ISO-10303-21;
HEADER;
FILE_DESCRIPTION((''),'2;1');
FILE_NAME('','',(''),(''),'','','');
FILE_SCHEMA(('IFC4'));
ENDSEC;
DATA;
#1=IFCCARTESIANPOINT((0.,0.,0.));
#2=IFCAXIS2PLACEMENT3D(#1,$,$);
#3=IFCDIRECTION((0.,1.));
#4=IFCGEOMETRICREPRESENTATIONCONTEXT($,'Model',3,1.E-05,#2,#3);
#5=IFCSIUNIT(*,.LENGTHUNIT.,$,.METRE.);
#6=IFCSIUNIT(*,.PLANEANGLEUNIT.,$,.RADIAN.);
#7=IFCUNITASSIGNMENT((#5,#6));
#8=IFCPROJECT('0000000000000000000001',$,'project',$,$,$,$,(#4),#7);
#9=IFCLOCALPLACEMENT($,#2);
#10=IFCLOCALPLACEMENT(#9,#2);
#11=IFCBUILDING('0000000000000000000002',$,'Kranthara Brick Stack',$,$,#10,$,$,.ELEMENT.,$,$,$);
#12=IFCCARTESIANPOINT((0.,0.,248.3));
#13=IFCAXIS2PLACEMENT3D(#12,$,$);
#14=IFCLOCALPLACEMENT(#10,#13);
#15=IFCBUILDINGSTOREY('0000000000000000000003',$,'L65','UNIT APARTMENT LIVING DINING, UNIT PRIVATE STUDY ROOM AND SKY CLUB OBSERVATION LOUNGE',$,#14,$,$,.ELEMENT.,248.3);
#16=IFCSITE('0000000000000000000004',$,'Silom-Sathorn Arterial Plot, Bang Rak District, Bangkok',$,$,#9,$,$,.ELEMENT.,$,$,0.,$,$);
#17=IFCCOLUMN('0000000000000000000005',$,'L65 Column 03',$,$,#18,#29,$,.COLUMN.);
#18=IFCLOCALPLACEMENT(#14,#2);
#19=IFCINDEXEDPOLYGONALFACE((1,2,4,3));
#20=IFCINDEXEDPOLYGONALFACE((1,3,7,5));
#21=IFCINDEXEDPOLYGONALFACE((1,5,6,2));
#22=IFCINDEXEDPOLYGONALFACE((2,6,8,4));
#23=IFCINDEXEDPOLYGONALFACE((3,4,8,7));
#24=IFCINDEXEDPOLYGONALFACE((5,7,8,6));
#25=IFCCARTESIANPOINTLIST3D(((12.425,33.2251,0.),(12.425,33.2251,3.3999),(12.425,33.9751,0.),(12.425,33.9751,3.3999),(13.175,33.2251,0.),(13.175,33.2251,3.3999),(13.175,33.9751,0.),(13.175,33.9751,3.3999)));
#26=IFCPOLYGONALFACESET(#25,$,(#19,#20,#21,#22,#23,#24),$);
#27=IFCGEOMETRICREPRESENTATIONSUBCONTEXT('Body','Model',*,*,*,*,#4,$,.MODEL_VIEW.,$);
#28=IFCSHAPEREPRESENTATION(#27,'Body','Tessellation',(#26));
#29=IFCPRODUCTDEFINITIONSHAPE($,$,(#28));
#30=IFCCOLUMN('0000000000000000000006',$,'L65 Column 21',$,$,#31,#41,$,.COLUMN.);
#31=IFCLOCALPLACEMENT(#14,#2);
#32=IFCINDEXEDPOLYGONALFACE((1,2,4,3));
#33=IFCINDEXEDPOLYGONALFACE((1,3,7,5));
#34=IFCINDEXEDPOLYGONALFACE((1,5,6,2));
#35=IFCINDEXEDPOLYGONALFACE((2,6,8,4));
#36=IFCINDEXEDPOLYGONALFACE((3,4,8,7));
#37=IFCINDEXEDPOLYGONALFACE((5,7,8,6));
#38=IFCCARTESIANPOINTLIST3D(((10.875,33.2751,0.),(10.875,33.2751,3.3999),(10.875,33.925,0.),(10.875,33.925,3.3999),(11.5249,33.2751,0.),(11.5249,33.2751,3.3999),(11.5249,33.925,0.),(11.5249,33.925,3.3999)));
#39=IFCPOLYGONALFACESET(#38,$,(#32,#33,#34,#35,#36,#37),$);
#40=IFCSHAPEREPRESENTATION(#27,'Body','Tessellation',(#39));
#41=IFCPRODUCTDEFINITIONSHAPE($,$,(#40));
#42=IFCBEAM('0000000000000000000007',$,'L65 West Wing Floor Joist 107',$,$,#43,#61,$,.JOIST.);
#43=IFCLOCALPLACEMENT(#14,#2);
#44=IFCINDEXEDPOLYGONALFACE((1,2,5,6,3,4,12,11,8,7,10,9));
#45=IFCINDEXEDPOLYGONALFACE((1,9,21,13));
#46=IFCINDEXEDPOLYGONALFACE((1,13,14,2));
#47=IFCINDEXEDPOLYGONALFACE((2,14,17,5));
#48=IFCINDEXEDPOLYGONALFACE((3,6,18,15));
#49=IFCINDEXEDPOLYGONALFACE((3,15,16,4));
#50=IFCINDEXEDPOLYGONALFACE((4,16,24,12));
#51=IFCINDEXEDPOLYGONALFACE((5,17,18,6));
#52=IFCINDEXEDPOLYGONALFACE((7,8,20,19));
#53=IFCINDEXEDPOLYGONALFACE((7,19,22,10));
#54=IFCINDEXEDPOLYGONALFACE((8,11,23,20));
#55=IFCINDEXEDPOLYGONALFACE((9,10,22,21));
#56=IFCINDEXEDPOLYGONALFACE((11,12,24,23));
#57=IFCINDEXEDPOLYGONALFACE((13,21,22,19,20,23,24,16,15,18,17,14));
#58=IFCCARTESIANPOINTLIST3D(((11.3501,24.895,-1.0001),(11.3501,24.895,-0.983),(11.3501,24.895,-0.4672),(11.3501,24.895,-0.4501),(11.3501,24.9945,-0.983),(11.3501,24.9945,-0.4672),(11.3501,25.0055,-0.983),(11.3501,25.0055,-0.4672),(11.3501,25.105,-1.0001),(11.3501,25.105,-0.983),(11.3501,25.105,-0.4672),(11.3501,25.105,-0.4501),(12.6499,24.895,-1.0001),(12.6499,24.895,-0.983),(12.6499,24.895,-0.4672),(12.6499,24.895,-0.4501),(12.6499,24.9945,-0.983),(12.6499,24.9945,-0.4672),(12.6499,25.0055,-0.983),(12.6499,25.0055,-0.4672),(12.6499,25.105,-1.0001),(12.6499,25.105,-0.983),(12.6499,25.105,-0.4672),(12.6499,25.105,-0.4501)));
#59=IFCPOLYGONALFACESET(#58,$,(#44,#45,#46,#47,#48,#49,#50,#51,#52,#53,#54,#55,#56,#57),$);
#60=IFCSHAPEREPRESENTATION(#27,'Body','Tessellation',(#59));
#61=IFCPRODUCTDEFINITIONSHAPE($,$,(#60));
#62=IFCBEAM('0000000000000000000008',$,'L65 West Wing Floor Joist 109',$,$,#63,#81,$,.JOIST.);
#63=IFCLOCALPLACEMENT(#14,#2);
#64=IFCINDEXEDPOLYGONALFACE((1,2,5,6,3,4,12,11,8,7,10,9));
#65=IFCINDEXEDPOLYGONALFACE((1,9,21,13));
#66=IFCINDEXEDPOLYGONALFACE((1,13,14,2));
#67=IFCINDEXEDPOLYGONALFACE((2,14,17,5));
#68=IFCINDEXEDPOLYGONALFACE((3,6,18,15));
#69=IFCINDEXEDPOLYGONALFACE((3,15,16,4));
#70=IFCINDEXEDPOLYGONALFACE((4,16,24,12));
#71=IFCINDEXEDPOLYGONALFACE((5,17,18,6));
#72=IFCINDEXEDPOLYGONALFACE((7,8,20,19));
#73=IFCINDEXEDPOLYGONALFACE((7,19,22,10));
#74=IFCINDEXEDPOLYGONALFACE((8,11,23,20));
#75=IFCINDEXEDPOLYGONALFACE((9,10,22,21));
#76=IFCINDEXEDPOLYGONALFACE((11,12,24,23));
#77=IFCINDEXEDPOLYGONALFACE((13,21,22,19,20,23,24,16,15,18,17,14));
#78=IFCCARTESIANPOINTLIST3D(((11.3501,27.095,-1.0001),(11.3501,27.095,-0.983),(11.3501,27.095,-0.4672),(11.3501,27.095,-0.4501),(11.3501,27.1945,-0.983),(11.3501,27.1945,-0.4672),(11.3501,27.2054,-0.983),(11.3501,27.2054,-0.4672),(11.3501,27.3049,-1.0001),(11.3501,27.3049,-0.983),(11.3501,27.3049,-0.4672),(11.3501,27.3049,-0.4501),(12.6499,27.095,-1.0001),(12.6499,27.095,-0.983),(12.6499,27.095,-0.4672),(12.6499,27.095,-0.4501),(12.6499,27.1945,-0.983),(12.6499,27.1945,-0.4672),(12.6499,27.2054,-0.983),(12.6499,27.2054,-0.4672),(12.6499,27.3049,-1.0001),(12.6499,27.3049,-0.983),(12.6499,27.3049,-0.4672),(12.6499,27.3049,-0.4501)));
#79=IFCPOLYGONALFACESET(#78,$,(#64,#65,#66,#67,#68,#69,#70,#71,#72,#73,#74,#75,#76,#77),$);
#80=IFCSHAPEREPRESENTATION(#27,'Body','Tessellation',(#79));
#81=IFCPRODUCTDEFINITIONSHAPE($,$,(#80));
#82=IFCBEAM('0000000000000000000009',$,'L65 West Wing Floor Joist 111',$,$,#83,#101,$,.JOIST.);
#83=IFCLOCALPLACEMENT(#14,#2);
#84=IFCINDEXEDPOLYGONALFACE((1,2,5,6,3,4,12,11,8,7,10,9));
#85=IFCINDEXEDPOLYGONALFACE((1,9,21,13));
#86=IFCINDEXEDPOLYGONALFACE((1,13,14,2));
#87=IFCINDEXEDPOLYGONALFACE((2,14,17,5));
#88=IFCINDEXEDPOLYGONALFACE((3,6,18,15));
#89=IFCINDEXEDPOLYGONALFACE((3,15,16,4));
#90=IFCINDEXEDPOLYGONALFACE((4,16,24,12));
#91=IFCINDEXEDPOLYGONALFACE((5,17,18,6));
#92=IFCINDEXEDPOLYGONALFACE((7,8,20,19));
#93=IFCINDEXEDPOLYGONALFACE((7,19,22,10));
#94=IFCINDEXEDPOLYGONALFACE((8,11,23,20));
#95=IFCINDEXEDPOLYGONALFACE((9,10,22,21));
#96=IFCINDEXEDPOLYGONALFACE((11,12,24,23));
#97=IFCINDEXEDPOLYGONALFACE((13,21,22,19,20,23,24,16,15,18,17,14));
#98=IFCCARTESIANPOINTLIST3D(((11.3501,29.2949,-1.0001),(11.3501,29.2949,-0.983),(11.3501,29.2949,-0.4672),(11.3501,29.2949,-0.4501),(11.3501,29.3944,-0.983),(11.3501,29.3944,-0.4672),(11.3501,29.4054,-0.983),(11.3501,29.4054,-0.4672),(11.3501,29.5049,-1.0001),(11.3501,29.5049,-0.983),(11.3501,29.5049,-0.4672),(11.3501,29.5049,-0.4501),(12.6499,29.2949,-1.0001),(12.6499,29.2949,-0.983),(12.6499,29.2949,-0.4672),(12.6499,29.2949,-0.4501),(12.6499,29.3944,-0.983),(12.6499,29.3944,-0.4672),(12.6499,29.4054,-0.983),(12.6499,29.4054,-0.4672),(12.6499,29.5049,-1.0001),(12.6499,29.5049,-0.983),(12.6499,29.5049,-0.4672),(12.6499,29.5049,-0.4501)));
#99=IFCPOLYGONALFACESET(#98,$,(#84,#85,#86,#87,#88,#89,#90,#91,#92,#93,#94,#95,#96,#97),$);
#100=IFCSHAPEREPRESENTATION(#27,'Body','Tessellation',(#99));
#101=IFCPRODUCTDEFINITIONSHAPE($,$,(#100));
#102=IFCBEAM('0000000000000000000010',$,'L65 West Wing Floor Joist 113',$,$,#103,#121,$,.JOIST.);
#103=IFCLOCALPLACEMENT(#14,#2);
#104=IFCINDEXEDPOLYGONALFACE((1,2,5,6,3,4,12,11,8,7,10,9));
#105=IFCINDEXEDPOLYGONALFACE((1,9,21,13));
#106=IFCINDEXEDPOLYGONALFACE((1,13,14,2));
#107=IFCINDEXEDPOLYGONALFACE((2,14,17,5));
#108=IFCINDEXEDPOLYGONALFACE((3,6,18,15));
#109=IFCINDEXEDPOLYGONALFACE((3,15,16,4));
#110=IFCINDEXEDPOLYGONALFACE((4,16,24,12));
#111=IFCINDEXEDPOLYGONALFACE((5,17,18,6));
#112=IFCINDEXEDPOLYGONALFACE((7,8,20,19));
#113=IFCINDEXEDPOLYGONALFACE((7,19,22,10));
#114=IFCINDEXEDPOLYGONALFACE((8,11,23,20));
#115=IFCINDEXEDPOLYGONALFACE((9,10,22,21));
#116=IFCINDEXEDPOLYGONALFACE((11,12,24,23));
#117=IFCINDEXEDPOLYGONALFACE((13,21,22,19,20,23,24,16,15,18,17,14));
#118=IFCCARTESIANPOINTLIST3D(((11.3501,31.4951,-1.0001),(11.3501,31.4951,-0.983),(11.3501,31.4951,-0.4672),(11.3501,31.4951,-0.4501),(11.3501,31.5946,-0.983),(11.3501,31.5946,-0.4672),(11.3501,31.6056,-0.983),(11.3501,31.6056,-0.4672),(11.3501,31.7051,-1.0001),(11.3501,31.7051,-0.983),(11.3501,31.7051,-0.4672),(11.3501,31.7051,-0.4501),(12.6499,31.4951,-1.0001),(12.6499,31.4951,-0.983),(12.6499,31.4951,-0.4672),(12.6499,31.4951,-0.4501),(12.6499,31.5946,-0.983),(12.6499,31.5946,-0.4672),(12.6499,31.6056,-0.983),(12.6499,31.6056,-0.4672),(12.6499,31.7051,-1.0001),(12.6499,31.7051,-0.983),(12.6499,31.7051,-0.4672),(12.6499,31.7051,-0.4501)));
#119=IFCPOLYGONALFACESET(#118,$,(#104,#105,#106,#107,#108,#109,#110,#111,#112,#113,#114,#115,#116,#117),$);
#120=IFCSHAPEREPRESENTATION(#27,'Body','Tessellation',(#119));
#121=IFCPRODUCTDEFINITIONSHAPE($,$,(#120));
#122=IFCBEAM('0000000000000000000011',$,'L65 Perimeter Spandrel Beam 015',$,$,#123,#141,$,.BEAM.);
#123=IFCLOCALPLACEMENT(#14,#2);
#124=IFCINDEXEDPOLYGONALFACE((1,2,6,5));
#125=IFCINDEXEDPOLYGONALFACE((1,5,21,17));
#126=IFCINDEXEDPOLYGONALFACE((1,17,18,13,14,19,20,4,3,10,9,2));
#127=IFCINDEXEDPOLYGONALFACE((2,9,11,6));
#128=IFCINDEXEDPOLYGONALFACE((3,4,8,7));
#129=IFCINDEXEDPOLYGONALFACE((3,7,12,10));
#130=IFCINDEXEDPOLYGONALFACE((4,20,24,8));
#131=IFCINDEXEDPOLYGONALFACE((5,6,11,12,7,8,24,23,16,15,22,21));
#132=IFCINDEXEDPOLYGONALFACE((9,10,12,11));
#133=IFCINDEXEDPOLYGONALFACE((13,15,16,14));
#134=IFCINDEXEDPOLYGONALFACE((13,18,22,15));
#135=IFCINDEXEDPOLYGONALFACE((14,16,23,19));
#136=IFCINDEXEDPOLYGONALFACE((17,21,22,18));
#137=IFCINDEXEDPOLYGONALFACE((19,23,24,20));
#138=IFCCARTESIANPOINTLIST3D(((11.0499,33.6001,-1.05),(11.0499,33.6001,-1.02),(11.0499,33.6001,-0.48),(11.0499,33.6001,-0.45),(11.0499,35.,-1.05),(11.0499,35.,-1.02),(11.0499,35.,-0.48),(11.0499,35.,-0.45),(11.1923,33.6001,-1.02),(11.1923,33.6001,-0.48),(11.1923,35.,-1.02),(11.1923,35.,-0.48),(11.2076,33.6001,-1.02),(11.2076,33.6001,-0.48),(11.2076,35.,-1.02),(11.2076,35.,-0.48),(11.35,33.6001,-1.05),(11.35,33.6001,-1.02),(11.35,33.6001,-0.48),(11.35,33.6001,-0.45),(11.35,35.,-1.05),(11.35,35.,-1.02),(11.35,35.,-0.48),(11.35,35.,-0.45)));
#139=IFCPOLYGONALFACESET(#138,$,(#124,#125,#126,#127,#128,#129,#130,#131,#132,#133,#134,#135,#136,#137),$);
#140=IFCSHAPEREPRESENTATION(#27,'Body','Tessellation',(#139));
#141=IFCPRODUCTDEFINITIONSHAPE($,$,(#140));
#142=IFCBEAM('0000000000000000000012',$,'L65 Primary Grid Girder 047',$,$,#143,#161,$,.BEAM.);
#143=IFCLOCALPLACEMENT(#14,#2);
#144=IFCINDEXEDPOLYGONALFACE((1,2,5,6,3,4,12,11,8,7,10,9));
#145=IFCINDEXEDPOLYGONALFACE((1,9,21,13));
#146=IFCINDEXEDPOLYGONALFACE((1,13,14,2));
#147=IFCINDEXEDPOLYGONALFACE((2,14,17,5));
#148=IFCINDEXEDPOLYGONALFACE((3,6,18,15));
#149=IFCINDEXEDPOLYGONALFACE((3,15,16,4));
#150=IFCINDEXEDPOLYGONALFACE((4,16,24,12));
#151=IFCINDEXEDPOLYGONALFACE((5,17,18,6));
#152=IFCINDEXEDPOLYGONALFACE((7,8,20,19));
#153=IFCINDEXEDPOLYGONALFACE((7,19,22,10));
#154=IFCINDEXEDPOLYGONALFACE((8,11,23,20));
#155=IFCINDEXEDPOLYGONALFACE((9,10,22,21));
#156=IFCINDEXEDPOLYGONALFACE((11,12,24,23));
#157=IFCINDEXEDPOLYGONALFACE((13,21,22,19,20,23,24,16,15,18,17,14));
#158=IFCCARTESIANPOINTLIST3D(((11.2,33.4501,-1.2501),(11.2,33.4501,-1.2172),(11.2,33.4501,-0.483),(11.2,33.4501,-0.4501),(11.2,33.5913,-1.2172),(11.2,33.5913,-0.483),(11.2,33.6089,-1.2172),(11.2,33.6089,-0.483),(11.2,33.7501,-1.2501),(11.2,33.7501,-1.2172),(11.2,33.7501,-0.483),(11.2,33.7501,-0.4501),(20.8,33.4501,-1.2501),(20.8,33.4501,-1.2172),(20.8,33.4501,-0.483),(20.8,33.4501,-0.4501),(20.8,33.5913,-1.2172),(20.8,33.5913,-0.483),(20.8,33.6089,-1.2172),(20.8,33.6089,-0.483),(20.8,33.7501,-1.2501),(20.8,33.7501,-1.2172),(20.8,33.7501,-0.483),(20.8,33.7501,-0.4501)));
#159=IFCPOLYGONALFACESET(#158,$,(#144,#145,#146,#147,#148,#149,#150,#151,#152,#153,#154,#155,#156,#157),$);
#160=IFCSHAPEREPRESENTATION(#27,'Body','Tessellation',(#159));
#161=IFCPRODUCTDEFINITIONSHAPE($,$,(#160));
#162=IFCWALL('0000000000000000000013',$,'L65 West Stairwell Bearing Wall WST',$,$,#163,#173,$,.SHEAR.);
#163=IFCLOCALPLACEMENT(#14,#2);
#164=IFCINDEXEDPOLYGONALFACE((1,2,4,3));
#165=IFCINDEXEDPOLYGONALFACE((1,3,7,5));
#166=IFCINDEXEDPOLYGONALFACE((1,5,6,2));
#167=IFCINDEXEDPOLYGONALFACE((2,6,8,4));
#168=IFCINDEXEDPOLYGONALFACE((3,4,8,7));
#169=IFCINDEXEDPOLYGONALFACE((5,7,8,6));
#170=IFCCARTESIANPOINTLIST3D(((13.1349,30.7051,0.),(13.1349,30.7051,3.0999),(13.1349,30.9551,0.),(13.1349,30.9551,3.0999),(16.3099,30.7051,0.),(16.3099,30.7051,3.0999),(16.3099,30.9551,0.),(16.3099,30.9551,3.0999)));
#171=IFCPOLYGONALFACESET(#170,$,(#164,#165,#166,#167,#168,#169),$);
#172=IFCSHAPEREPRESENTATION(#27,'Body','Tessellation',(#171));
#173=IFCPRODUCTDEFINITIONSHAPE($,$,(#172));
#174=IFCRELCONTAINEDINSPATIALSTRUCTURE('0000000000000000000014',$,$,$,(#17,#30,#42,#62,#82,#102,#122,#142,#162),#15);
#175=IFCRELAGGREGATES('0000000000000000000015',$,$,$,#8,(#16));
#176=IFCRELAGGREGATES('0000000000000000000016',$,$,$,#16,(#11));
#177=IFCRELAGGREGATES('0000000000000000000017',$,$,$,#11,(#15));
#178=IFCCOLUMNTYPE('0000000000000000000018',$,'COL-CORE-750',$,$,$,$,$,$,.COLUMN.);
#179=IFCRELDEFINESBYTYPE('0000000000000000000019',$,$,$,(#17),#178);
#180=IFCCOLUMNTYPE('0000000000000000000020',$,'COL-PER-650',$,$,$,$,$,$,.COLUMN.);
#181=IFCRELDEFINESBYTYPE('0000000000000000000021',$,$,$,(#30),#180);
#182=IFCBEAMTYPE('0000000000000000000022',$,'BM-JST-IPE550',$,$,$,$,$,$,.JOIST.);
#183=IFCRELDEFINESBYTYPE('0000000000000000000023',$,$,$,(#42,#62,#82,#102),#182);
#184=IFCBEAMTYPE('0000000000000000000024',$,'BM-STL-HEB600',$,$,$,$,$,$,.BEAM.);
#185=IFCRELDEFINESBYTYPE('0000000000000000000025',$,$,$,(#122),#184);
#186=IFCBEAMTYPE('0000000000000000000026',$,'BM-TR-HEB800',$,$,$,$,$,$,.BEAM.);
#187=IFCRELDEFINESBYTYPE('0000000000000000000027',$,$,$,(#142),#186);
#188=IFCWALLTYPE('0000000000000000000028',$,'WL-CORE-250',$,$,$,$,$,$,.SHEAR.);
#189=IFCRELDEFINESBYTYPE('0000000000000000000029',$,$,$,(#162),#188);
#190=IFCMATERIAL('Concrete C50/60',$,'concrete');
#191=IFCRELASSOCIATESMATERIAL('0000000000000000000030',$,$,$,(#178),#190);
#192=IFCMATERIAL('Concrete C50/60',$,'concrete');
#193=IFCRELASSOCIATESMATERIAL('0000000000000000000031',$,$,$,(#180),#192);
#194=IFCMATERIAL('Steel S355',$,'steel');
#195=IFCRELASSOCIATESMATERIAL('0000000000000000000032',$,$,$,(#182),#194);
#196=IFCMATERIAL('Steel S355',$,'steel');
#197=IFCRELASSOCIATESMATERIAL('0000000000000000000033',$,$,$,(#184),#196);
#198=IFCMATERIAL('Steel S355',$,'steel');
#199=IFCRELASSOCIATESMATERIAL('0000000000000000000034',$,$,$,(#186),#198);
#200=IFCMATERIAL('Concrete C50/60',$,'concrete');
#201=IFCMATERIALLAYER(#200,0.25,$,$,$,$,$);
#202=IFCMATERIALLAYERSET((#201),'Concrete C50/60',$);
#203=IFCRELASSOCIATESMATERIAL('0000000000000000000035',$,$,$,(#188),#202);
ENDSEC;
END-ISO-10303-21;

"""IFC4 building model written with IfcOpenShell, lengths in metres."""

from ifc_helpers import new_model, si_unit, direction, frame, frame_2d, origin, origin_2d, place, context, subcontext, project, spatial, rectangle, i_section, extrude, material, layer, layer_set, material_profile, profile_set, type_object, element, save


model = new_model("IFC4")

# Units and contexts
model_context = context("Model", 3, precision=1e-05, world=origin(), true_north=direction((0.0, 1.0)))
body_context = subcontext(model_context, "Body", "Model", "MODEL_VIEW")
ifc_project = project(units=[si_unit("LENGTHUNIT", "METRE"), si_unit("PLANEANGLEUNIT", "RADIAN")], contexts=[model_context])

# Site, building, storey
site_placement = place(None, origin())
site = spatial("IfcSite", under=ifc_project, at=site_placement, Name="Silom-Sathorn Arterial Plot, Bang Rak District, Bangkok", CompositionType="ELEMENT", RefElevation=0.0)
building_placement = place(site_placement, origin())
building = spatial("IfcBuilding", under=site, at=building_placement, Name="Kranthara Brick Stack", CompositionType="ELEMENT")
storey_placement = place(building_placement, frame((0.0, 0.0, 248.3)))
storey = spatial("IfcBuildingStorey", under=building, at=storey_placement, Name="L65", Description="UNIT APARTMENT LIVING DINING, UNIT PRIVATE STUDY ROOM AND SKY CLUB OBSERVATION LOUNGE", CompositionType="ELEMENT", Elevation=248.3)

# Columns
ifc_material_1 = material(Name="Concrete C50/60", Category="concrete")
ifc_material_profile_1 = material_profile(ifc_material_1, rectangle(XDim=0.75, YDim=0.75, at=origin_2d()), Name="RC 750x750")
ifc_profile_set_1 = profile_set([ifc_material_profile_1], Name="Concrete C50/60")
column_type_1 = type_object("IfcColumnType", Name="COL-CORE-750", PredefinedType="COLUMN", material=ifc_profile_set_1)
column_1_placement = place(storey_placement, frame((12.8, 33.6001, 0.0), z_axis=(0.0, 0.0, 1.0), x_axis=(1.0, 0.0, 0.0)))
element("IfcColumn", 1, at=column_1_placement, inside=storey, type_object=column_type_1, Name="L65 Column 03", PredefinedType="COLUMN", context=body_context, shape_type="SweptSolid", body=[
    extrude(rectangle(XDim=0.75, YDim=0.75, at=origin_2d()), origin(), (0.0, 0.0, 1.0), 3.3999),
])
ifc_material_2 = material(Name="Concrete C50/60", Category="concrete")
ifc_material_profile_2 = material_profile(ifc_material_2, rectangle(XDim=0.6499, YDim=0.6499, at=origin_2d()), Name="RC 650x650")
ifc_profile_set_2 = profile_set([ifc_material_profile_2], Name="Concrete C50/60")
column_type_2 = type_object("IfcColumnType", Name="COL-PER-650", PredefinedType="COLUMN", material=ifc_profile_set_2)
column_2_placement = place(storey_placement, frame((11.2, 33.6001, 0.0), z_axis=(0.0, 0.0, 1.0), x_axis=(1.0, 0.0, 0.0)))
element("IfcColumn", 2, at=column_2_placement, inside=storey, type_object=column_type_2, Name="L65 Column 21", PredefinedType="COLUMN", context=body_context, shape_type="SweptSolid", body=[
    extrude(rectangle(XDim=0.6499, YDim=0.6499, at=origin_2d()), origin(), (0.0, 0.0, 1.0), 3.3999),
])

# Beams
ifc_material_3 = material(Name="Steel S355", Category="steel")
ifc_material_profile_3 = material_profile(ifc_material_3, i_section(OverallWidth=0.21, OverallDepth=0.55, WebThickness=0.011, FlangeThickness=0.0171, at=origin_2d()), Name="IPE 550")
ifc_profile_set_3 = profile_set([ifc_material_profile_3], Name="Steel S355")
beam_type_1 = type_object("IfcBeamType", Name="BM-JST-IPE550", PredefinedType="JOIST", material=ifc_profile_set_3)
for number, where, z_axis, x_axis, name in (
    (3, (11.3501, 25.0, -0.7251), (1.0, 0.0, 0.0), (0.0, 1.0, 0.0), "L65 West Wing Floor Joist 107"),
    (4, (11.3501, 27.2, -0.7251), (1.0, 0.0, 0.0), (0.0, 1.0, 0.0), "L65 West Wing Floor Joist 109"),
    (5, (11.3501, 29.3999, -0.7251), (1.0, 0.0, 0.0), (0.0, 1.0, 0.0), "L65 West Wing Floor Joist 111"),
    (6, (11.3501, 31.6001, -0.7251), (1.0, 0.0, 0.0), (0.0, 1.0, 0.0), "L65 West Wing Floor Joist 113"),
):
    element("IfcBeam", number, at=place(storey_placement, frame(where, z_axis=z_axis, x_axis=x_axis)), inside=storey, type_object=beam_type_1, Name=name, PredefinedType="JOIST", context=body_context, shape_type="SweptSolid", body=[
        extrude(i_section(OverallWidth=0.21, OverallDepth=0.55, WebThickness=0.011, FlangeThickness=0.0171, at=origin_2d()), origin(), (0.0, 0.0, 1.0), 1.2998),
    ])
ifc_material_4 = material(Name="Steel S355", Category="steel")
ifc_material_profile_4 = material_profile(ifc_material_4, i_section(OverallWidth=0.3, OverallDepth=0.6001, WebThickness=0.0154, FlangeThickness=0.03, at=origin_2d()), Name="HEB 600")
ifc_profile_set_4 = profile_set([ifc_material_profile_4], Name="Steel S355")
beam_type_2 = type_object("IfcBeamType", Name="BM-STL-HEB600", PredefinedType="BEAM", material=ifc_profile_set_4)
beam_1_placement = place(storey_placement, frame((11.2, 33.6001, -0.75), z_axis=(0.0, 1.0, 0.0), x_axis=(-1.0, 0.0, 0.0)))
element("IfcBeam", 7, at=beam_1_placement, inside=storey, type_object=beam_type_2, Name="L65 Perimeter Spandrel Beam 015", PredefinedType="BEAM", context=body_context, shape_type="SweptSolid", body=[
    extrude(i_section(OverallWidth=0.3, OverallDepth=0.6001, WebThickness=0.0154, FlangeThickness=0.03, at=origin_2d()), origin(), (0.0, 0.0, 1.0), 1.3999),
])
ifc_material_5 = material(Name="Steel S355", Category="steel")
ifc_material_profile_5 = material_profile(ifc_material_5, i_section(OverallWidth=0.3, OverallDepth=0.8, WebThickness=0.0176, FlangeThickness=0.033, at=origin_2d()), Name="HEB 800")
ifc_profile_set_5 = profile_set([ifc_material_profile_5], Name="Steel S355")
beam_type_3 = type_object("IfcBeamType", Name="BM-TR-HEB800", PredefinedType="BEAM", material=ifc_profile_set_5)
beam_2_placement = place(storey_placement, frame((11.2, 33.6001, -0.8501), z_axis=(1.0, 0.0, 0.0), x_axis=(0.0, 1.0, 0.0)))
element("IfcBeam", 8, at=beam_2_placement, inside=storey, type_object=beam_type_3, Name="L65 Primary Grid Girder 047", PredefinedType="BEAM", context=body_context, shape_type="SweptSolid", body=[
    extrude(i_section(OverallWidth=0.3, OverallDepth=0.8, WebThickness=0.0176, FlangeThickness=0.033, at=origin_2d()), origin(), (0.0, 0.0, 1.0), 9.6001),
])

# Wall
ifc_material_6 = material(Name="Concrete C50/60", Category="concrete")
ifc_layer_1 = layer(ifc_material_6, 0.25)
ifc_layer_set_1 = layer_set([ifc_layer_1], Name="Concrete C50/60")
wall_type_1 = type_object("IfcWallType", Name="WL-CORE-250", PredefinedType="SHEAR", material=ifc_layer_set_1)
wall_1_placement = place(storey_placement, frame((13.135, 30.8301, 0.0), z_axis=(0.0, 0.0, 1.0), x_axis=(1.0, 0.0, 0.0)))
element("IfcWall", 9, at=wall_1_placement, inside=storey, type_object=wall_type_1, Name="L65 West Stairwell Bearing Wall WST", PredefinedType="SHEAR", context=body_context, shape_type="SweptSolid", body=[
    extrude(rectangle(XDim=3.175, YDim=0.25, at=frame_2d((1.5874, 0.0))), origin(), (0.0, 0.0, 1.0), 3.0999),
])

save(model, "model.ifc")
